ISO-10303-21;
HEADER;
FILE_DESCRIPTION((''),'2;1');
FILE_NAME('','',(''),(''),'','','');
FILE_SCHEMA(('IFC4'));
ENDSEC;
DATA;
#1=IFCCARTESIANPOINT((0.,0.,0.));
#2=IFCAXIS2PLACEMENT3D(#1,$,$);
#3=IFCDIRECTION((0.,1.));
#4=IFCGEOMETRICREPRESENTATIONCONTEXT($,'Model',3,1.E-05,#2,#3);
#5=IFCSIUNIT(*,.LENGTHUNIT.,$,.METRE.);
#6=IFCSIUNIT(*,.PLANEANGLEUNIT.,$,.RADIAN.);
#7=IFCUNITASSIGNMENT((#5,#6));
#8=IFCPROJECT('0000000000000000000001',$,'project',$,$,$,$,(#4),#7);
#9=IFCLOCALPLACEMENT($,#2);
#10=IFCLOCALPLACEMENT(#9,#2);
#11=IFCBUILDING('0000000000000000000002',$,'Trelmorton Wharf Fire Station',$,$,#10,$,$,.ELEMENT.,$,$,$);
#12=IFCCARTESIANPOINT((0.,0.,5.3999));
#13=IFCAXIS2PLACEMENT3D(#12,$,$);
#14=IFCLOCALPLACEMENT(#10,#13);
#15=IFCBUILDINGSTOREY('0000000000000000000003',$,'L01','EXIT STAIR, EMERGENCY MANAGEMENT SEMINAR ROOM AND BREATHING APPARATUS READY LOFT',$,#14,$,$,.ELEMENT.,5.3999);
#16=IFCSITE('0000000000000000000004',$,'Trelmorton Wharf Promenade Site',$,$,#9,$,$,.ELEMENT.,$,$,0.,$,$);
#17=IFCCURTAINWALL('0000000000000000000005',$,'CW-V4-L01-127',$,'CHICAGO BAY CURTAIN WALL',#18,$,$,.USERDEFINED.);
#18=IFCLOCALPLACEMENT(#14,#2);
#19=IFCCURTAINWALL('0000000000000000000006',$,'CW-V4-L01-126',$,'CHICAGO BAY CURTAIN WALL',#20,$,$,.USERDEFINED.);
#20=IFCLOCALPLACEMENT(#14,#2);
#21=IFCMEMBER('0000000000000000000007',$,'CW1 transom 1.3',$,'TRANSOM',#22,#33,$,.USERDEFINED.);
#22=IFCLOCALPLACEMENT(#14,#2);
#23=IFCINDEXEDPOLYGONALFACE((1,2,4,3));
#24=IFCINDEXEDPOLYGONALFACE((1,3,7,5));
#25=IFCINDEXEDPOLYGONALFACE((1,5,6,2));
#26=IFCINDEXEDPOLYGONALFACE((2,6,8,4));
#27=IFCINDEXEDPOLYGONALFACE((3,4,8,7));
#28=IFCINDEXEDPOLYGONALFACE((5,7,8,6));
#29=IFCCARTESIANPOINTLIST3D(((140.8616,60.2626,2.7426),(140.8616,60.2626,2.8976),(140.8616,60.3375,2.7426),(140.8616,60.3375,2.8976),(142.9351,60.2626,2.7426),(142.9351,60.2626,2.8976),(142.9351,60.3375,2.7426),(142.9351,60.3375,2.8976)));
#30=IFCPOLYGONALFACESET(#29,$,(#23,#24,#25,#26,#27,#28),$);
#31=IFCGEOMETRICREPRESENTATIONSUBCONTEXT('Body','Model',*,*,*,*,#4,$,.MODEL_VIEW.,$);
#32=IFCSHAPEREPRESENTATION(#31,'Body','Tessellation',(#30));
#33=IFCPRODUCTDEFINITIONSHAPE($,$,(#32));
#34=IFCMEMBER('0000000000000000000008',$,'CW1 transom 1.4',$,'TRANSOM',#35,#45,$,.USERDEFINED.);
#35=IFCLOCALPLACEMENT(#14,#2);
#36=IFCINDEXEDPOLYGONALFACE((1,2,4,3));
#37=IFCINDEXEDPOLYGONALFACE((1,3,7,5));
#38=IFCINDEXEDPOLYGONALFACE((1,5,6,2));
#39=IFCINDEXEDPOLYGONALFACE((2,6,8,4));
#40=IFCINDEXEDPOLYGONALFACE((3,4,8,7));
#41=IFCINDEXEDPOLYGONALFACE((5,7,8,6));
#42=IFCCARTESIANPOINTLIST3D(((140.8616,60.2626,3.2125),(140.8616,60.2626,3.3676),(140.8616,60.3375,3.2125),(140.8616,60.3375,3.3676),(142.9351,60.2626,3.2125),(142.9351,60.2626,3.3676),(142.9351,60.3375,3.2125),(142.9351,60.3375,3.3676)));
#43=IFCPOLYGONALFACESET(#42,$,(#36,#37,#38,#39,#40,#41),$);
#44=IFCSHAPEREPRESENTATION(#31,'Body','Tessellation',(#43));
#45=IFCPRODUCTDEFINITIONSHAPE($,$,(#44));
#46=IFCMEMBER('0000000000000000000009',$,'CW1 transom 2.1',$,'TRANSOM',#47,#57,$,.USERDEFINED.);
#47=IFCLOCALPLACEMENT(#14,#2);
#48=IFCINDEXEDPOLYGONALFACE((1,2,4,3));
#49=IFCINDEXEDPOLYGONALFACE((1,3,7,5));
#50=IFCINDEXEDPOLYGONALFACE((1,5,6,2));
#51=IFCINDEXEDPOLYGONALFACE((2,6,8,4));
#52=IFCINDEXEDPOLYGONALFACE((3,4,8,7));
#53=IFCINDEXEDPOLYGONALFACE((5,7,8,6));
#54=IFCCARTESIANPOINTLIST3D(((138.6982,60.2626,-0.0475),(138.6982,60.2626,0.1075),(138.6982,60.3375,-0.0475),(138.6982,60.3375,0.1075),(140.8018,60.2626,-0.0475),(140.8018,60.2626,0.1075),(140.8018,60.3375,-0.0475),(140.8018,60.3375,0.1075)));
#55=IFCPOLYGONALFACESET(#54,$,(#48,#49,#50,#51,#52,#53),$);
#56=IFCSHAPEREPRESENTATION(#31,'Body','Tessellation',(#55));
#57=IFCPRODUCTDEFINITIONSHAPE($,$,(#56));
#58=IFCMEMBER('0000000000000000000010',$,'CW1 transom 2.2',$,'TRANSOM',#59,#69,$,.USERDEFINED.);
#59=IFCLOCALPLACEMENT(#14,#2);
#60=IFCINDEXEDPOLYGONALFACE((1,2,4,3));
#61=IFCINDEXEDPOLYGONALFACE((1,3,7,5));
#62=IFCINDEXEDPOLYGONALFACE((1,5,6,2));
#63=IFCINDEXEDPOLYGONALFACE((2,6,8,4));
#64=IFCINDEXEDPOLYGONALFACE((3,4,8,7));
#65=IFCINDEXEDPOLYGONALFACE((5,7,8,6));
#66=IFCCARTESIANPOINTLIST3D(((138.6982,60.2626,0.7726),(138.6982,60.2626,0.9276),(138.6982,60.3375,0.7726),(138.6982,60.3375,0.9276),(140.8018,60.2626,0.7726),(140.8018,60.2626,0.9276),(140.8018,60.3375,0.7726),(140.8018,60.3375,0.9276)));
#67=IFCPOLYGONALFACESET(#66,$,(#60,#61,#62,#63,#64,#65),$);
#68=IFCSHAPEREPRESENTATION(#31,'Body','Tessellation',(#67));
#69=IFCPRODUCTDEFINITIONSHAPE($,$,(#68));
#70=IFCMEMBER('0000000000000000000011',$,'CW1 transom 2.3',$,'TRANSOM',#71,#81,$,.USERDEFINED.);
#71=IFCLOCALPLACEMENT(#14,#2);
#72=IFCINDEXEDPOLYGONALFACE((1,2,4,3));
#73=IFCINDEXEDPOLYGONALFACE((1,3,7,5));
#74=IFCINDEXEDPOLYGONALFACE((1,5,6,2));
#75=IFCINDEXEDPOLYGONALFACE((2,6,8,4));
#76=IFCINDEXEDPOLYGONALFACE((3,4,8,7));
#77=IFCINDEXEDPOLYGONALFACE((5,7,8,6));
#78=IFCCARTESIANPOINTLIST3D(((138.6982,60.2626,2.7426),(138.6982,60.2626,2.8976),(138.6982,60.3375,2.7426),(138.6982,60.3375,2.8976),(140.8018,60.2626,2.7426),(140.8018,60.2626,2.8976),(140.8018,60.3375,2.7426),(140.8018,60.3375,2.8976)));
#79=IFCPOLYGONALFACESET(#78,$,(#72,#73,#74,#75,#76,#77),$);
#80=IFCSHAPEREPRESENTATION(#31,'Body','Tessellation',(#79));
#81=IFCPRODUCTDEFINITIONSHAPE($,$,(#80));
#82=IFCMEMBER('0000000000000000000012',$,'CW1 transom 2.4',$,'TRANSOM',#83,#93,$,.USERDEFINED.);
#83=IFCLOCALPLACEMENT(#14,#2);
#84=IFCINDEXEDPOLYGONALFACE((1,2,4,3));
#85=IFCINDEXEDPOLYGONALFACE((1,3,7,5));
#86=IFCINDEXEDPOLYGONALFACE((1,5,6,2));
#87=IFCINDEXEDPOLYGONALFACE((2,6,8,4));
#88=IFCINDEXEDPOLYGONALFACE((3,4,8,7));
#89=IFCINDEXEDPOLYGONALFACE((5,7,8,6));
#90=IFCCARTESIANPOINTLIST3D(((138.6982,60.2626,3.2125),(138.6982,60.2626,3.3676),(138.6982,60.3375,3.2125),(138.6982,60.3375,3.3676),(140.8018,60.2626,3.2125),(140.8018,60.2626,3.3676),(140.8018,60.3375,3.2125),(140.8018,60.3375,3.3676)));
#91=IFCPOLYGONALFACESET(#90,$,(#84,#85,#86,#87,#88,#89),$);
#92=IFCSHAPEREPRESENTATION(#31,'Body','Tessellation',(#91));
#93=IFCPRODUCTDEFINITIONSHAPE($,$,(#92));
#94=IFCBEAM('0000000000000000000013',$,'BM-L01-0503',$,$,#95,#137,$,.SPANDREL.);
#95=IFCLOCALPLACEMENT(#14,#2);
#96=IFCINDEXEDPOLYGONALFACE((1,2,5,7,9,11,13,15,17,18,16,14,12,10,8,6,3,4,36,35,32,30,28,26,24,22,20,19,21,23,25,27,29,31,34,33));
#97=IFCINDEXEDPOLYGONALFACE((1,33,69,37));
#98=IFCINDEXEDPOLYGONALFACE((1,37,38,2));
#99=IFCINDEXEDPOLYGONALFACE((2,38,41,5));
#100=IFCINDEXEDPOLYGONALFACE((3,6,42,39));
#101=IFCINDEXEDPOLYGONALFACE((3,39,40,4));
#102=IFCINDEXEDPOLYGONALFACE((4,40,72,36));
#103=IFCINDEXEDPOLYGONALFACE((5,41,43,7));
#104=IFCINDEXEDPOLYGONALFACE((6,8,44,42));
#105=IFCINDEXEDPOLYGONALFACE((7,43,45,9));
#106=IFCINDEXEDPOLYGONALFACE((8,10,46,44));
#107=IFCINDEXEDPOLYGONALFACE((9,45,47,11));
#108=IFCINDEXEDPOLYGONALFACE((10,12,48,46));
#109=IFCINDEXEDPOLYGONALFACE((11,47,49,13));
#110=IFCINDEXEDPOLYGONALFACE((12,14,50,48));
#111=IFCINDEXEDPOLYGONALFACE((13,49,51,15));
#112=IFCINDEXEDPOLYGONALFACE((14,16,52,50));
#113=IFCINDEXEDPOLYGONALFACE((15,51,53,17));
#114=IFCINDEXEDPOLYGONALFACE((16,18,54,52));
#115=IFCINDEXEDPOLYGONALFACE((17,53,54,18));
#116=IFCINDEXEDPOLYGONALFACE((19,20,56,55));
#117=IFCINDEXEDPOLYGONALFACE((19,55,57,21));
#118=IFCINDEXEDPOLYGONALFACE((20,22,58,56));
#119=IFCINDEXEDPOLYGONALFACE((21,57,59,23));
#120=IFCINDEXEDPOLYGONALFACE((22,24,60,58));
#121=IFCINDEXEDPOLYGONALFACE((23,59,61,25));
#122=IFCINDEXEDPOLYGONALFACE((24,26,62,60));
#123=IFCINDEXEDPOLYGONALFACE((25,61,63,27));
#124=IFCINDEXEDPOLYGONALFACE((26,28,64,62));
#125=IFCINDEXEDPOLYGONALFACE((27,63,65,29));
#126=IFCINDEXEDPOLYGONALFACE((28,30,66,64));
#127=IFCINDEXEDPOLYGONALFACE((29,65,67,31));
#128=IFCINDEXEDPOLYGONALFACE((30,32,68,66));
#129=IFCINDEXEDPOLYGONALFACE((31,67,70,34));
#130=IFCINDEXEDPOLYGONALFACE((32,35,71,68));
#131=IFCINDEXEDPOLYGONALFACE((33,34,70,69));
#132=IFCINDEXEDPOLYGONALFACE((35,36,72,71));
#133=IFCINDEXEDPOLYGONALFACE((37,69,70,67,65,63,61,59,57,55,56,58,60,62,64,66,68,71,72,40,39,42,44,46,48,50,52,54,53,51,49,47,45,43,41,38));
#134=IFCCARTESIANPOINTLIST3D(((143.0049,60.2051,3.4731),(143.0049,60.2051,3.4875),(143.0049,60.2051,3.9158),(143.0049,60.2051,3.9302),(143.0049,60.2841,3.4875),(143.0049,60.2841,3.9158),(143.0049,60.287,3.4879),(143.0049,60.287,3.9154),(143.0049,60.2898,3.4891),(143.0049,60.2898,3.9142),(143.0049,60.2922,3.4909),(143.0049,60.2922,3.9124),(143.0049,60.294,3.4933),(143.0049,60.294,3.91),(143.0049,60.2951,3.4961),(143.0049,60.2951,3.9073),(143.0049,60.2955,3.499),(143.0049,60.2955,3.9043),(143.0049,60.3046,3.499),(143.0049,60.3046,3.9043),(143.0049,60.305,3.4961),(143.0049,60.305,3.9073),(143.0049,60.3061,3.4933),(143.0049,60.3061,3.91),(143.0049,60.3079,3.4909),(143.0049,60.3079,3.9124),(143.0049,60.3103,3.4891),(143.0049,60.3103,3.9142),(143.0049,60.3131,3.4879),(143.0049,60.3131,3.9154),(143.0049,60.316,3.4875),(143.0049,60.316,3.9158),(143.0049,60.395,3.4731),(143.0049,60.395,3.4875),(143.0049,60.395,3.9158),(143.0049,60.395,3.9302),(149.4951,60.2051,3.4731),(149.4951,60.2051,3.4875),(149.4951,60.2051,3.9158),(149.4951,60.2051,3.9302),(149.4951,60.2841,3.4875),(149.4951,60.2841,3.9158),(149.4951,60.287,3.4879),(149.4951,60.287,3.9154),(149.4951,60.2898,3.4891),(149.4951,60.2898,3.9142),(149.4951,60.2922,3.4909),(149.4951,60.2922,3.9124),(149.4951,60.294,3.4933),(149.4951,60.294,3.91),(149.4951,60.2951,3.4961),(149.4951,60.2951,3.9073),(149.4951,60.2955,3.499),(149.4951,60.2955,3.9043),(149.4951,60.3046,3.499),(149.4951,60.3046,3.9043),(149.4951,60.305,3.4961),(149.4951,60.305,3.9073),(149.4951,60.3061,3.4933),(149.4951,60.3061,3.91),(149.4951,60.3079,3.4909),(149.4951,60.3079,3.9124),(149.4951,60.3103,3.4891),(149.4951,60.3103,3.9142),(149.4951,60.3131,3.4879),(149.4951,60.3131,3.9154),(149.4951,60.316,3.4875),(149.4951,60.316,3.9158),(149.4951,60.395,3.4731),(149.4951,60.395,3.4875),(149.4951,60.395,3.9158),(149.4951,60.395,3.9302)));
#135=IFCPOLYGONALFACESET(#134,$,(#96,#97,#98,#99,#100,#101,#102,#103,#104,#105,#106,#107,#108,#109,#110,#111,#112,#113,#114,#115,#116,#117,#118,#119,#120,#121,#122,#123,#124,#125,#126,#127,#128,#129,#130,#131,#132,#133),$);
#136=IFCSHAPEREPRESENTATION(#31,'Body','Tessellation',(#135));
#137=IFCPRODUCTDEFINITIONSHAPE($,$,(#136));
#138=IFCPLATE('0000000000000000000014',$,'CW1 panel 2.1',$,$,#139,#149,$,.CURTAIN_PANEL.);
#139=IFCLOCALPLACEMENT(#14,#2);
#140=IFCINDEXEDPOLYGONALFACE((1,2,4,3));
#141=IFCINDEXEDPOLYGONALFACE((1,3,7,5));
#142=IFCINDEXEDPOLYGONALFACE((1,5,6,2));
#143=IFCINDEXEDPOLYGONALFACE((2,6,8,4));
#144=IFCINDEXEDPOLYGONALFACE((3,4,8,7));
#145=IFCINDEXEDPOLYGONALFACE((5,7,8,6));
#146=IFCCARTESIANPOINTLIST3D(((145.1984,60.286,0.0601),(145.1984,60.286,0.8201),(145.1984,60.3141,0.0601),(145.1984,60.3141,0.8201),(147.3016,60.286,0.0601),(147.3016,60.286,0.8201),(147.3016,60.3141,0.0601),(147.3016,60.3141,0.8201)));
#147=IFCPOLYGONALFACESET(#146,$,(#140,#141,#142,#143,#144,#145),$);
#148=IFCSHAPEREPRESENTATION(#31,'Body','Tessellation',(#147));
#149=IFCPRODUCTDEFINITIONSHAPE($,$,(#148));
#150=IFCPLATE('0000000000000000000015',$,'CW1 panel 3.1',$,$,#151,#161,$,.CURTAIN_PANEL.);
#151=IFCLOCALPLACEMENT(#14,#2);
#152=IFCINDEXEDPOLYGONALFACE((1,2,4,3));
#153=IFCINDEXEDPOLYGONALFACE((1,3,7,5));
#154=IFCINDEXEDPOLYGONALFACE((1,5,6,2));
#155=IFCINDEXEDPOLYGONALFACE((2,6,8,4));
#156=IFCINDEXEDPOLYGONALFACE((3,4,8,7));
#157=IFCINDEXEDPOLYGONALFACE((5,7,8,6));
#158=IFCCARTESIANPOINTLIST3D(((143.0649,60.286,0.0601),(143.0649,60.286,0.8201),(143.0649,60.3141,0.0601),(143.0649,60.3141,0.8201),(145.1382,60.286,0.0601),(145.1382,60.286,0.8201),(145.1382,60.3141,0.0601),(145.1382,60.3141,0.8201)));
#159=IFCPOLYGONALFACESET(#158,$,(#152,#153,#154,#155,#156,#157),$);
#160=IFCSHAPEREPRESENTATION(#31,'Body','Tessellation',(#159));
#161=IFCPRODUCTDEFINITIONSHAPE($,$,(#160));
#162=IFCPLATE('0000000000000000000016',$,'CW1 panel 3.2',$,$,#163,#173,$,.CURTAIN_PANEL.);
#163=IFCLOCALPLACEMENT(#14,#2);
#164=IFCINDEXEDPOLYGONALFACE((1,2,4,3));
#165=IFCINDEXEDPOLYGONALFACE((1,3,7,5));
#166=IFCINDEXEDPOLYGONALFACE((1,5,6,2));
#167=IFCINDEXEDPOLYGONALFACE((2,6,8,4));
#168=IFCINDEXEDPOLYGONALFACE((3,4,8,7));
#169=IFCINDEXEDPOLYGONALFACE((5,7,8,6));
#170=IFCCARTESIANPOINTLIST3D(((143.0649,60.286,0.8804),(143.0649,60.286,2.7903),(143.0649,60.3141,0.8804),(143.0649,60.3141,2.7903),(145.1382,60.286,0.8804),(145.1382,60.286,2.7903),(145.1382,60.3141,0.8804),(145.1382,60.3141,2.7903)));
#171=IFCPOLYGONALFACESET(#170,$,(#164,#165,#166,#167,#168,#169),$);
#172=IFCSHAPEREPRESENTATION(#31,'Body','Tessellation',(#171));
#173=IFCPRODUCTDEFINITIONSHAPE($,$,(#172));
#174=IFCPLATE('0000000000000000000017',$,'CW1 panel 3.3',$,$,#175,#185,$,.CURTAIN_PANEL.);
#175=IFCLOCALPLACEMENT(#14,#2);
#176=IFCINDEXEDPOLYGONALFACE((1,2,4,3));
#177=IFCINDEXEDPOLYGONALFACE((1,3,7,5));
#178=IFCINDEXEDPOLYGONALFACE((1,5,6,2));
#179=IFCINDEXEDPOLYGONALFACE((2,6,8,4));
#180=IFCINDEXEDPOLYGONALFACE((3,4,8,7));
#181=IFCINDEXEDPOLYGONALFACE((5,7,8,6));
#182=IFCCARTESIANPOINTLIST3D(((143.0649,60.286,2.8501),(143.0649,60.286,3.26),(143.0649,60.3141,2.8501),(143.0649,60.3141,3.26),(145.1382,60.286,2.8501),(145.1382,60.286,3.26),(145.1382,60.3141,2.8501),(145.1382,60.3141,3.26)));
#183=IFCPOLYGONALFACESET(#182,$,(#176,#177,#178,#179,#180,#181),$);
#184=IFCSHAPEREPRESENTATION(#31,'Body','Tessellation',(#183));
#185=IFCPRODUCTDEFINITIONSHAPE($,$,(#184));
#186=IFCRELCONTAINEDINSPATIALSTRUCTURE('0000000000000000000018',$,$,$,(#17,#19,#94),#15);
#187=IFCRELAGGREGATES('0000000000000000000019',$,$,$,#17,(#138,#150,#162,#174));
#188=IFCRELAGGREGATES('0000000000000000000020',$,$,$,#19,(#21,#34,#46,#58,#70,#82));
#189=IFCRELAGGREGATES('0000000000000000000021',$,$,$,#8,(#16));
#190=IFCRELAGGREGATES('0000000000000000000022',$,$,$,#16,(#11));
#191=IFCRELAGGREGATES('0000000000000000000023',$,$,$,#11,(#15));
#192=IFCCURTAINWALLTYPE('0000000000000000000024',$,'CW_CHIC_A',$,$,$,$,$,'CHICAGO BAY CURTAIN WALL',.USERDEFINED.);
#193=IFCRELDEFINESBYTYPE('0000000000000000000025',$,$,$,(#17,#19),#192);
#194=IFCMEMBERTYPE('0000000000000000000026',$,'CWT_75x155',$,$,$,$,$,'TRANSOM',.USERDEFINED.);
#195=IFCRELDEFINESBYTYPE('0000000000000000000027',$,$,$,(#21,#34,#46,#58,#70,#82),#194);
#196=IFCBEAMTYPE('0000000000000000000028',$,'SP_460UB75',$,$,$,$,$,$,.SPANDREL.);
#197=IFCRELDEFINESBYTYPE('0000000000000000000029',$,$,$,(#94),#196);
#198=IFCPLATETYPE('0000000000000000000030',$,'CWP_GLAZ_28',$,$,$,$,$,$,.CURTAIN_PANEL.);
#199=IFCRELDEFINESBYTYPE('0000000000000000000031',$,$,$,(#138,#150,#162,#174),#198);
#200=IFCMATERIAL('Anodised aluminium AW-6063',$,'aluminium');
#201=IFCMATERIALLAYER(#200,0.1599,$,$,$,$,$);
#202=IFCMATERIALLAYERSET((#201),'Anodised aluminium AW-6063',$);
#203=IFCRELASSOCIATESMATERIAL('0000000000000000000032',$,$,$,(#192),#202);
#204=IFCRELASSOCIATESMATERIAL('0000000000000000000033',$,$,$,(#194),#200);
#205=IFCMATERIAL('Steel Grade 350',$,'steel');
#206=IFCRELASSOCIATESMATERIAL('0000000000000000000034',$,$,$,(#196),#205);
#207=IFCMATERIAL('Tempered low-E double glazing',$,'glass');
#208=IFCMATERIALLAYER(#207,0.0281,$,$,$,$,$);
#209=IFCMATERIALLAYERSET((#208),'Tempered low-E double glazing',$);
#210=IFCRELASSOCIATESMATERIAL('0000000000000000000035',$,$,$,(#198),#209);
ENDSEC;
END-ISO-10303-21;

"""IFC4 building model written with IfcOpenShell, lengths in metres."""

from ifc_helpers import new_model, si_unit, direction, frame, origin, origin_2d, place, context, subcontext, project, spatial, rectangle, i_section, extrude, material, layer, layer_set, material_profile, profile_set, type_object, element, aggregate, save


model = new_model("IFC4")

# Units and contexts
model_context = context("Model", 3, precision=1e-05, world=origin(), true_north=direction((0.0, 1.0)))
body_context = subcontext(model_context, "Body", "Model", "MODEL_VIEW")
ifc_project = project(units=[si_unit("LENGTHUNIT", "METRE"), si_unit("PLANEANGLEUNIT", "RADIAN")], contexts=[model_context])

# Site, building, storey
site_placement = place(None, origin())
site = spatial("IfcSite", under=ifc_project, at=site_placement, Name="Trelmorton Wharf Promenade Site", CompositionType="ELEMENT", RefElevation=0.0)
building_placement = place(site_placement, origin())
building = spatial("IfcBuilding", under=site, at=building_placement, Name="Trelmorton Wharf Fire Station", CompositionType="ELEMENT")
storey_placement = place(building_placement, frame((0.0, 0.0, 5.3999)))
storey = spatial("IfcBuildingStorey", under=building, at=storey_placement, Name="L01", Description="EXIT STAIR, EMERGENCY MANAGEMENT SEMINAR ROOM AND BREATHING APPARATUS READY LOFT", CompositionType="ELEMENT", Elevation=5.3999)

# Shared definitions
ifc_material_1 = material(Name="Steel Grade 350", Category="steel")

# Curtain walls
ifc_material_2 = material(Name="Anodised aluminium AW-6063", Category="aluminium")
ifc_layer_1 = layer(ifc_material_2, 0.1599)
ifc_layer_set_1 = layer_set([ifc_layer_1], Name="Anodised aluminium AW-6063")
curtain_wall_type = type_object("IfcCurtainWallType", Name="CW_CHIC_A", ElementType="CHICAGO BAY CURTAIN WALL", PredefinedType="USERDEFINED", material=ifc_layer_set_1)
curtain_wall_1_placement = place(storey_placement, origin())
curtain_wall_1 = element("IfcCurtainWall", 1, at=curtain_wall_1_placement, inside=storey, type_object=curtain_wall_type, Name="CW-V4-L01-127", ObjectType="CHICAGO BAY CURTAIN WALL", PredefinedType="USERDEFINED")
curtain_wall_2_placement = place(storey_placement, origin())
curtain_wall_2 = element("IfcCurtainWall", 2, at=curtain_wall_2_placement, inside=storey, type_object=curtain_wall_type, Name="CW-V4-L01-126", ObjectType="CHICAGO BAY CURTAIN WALL", PredefinedType="USERDEFINED")

# Members
ifc_material_profile_1 = material_profile(ifc_material_2, rectangle(XDim=0.075, YDim=0.155, at=origin_2d()), Name="ALU-75x155")
ifc_profile_set_1 = profile_set([ifc_material_profile_1], Name="Anodised aluminium AW-6063")
member_type_1 = type_object("IfcMemberType", Name="CWT_75x155", ElementType="TRANSOM", PredefinedType="USERDEFINED", material=ifc_profile_set_1)
member_1_placement = place(storey_placement, frame((142.9351, 60.3, 2.8201), z_axis=(-1.0, 0.0, 0.0), x_axis=(0.0, -1.0, 0.0)))
member_1 = element("IfcMember", 3, at=member_1_placement, type_object=member_type_1, Name="CW1 transom 1.3", ObjectType="TRANSOM", PredefinedType="USERDEFINED", context=body_context, shape_type="SweptSolid", body=[
    extrude(rectangle(XDim=0.075, YDim=0.155, at=origin_2d()), origin(), (0.0, 0.0, 1.0), 2.0735),
])
member_2_placement = place(storey_placement, frame((142.9351, 60.3, 3.29), z_axis=(-1.0, 0.0, 0.0), x_axis=(0.0, -1.0, 0.0)))
member_2 = element("IfcMember", 4, at=member_2_placement, type_object=member_type_1, Name="CW1 transom 1.4", ObjectType="TRANSOM", PredefinedType="USERDEFINED", context=body_context, shape_type="SweptSolid", body=[
    extrude(rectangle(XDim=0.075, YDim=0.155, at=origin_2d()), origin(), (0.0, 0.0, 1.0), 2.0735),
])
member_3_placement = place(storey_placement, frame((140.8018, 60.3, 0.03), z_axis=(-1.0, 0.0, 0.0), x_axis=(0.0, -1.0, 0.0)))
member_3 = element("IfcMember", 5, at=member_3_placement, type_object=member_type_1, Name="CW1 transom 2.1", ObjectType="TRANSOM", PredefinedType="USERDEFINED", context=body_context, shape_type="SweptSolid", body=[
    extrude(rectangle(XDim=0.075, YDim=0.155, at=origin_2d()), origin(), (0.0, 0.0, 1.0), 2.1035),
])
member_4_placement = place(storey_placement, frame((140.8018, 60.3, 0.8501), z_axis=(-1.0, 0.0, 0.0), x_axis=(0.0, -1.0, 0.0)))
member_4 = element("IfcMember", 6, at=member_4_placement, type_object=member_type_1, Name="CW1 transom 2.2", ObjectType="TRANSOM", PredefinedType="USERDEFINED", context=body_context, shape_type="SweptSolid", body=[
    extrude(rectangle(XDim=0.075, YDim=0.155, at=origin_2d()), origin(), (0.0, 0.0, 1.0), 2.1035),
])
member_5_placement = place(storey_placement, frame((140.8018, 60.3, 2.8201), z_axis=(-1.0, 0.0, 0.0), x_axis=(0.0, -1.0, 0.0)))
member_5 = element("IfcMember", 7, at=member_5_placement, type_object=member_type_1, Name="CW1 transom 2.3", ObjectType="TRANSOM", PredefinedType="USERDEFINED", context=body_context, shape_type="SweptSolid", body=[
    extrude(rectangle(XDim=0.075, YDim=0.155, at=origin_2d()), origin(), (0.0, 0.0, 1.0), 2.1035),
])
member_6_placement = place(storey_placement, frame((140.8018, 60.3, 3.29), z_axis=(-1.0, 0.0, 0.0), x_axis=(0.0, -1.0, 0.0)))
member_6 = element("IfcMember", 8, at=member_6_placement, type_object=member_type_1, Name="CW1 transom 2.4", ObjectType="TRANSOM", PredefinedType="USERDEFINED", context=body_context, shape_type="SweptSolid", body=[
    extrude(rectangle(XDim=0.075, YDim=0.155, at=origin_2d()), origin(), (0.0, 0.0, 1.0), 2.1035),
])

# Beam
ifc_material_profile_2 = material_profile(ifc_material_1, i_section(OverallWidth=0.1899, OverallDepth=0.457, WebThickness=0.009, FlangeThickness=0.0144, FilletRadius=0.0115, at=origin_2d()), Name="460UB74.6")
ifc_profile_set_2 = profile_set([ifc_material_profile_2], Name="Steel Grade 350")
beam_type = type_object("IfcBeamType", Name="SP_460UB75", PredefinedType="SPANDREL", material=ifc_profile_set_2)
beam_placement = place(storey_placement, frame((143.0049, 60.3, 3.7017), z_axis=(1.0, 0.0, 0.0), x_axis=(0.0, 1.0, 0.0)))
element("IfcBeam", 9, at=beam_placement, inside=storey, type_object=beam_type, Name="BM-L01-0503", PredefinedType="SPANDREL", context=body_context, shape_type="SweptSolid", body=[
    extrude(i_section(OverallWidth=0.1899, OverallDepth=0.457, WebThickness=0.009, FlangeThickness=0.0144, FilletRadius=0.0115, at=origin_2d()), origin(), (0.0, 0.0, 1.0), 6.4902),
])

# Plates
ifc_material_3 = material(Name="Tempered low-E double glazing", Category="glass")
ifc_layer_2 = layer(ifc_material_3, 0.0281)
ifc_layer_set_2 = layer_set([ifc_layer_2], Name="Tempered low-E double glazing")
plate_type_1 = type_object("IfcPlateType", Name="CWP_GLAZ_28", PredefinedType="CURTAIN_PANEL", material=ifc_layer_set_2)
plate_1_placement = place(storey_placement, frame((146.25, 60.3, 0.0601), z_axis=(0.0, 0.0, 1.0), x_axis=(-1.0, 0.0, 0.0)))
plate_1 = element("IfcPlate", 10, at=plate_1_placement, type_object=plate_type_1, Name="CW1 panel 2.1", PredefinedType="CURTAIN_PANEL", context=body_context, shape_type="SweptSolid", body=[
    extrude(rectangle(XDim=2.1033, YDim=0.0281, at=origin_2d()), origin(), (0.0, 0.0, 1.0), 0.76),
])
plate_2_placement = place(storey_placement, frame((144.1016, 60.3, 0.0601), z_axis=(0.0, 0.0, 1.0), x_axis=(-1.0, 0.0, 0.0)))
plate_2 = element("IfcPlate", 11, at=plate_2_placement, type_object=plate_type_1, Name="CW1 panel 3.1", PredefinedType="CURTAIN_PANEL", context=body_context, shape_type="SweptSolid", body=[
    extrude(rectangle(XDim=2.0732, YDim=0.0281, at=origin_2d()), origin(), (0.0, 0.0, 1.0), 0.76),
])
plate_3_placement = place(storey_placement, frame((144.1016, 60.3, 0.8804), z_axis=(0.0, 0.0, 1.0), x_axis=(-1.0, 0.0, 0.0)))
plate_3 = element("IfcPlate", 12, at=plate_3_placement, type_object=plate_type_1, Name="CW1 panel 3.2", PredefinedType="CURTAIN_PANEL", context=body_context, shape_type="SweptSolid", body=[
    extrude(rectangle(XDim=2.0732, YDim=0.0281, at=origin_2d()), origin(), (0.0, 0.0, 1.0), 1.9099),
])
plate_4_placement = place(storey_placement, frame((144.1016, 60.3, 2.8501), z_axis=(0.0, 0.0, 1.0), x_axis=(-1.0, 0.0, 0.0)))
plate_4 = element("IfcPlate", 13, at=plate_4_placement, type_object=plate_type_1, Name="CW1 panel 3.3", PredefinedType="CURTAIN_PANEL", context=body_context, shape_type="SweptSolid", body=[
    extrude(rectangle(XDim=2.0732, YDim=0.0281, at=origin_2d()), origin(), (0.0, 0.0, 1.0), 0.4099),
])
aggregate(curtain_wall_1, [plate_1, plate_2, plate_3, plate_4])
aggregate(curtain_wall_2, [member_1, member_2, member_3, member_4, member_5, member_6])

save(model, "model.ifc")
